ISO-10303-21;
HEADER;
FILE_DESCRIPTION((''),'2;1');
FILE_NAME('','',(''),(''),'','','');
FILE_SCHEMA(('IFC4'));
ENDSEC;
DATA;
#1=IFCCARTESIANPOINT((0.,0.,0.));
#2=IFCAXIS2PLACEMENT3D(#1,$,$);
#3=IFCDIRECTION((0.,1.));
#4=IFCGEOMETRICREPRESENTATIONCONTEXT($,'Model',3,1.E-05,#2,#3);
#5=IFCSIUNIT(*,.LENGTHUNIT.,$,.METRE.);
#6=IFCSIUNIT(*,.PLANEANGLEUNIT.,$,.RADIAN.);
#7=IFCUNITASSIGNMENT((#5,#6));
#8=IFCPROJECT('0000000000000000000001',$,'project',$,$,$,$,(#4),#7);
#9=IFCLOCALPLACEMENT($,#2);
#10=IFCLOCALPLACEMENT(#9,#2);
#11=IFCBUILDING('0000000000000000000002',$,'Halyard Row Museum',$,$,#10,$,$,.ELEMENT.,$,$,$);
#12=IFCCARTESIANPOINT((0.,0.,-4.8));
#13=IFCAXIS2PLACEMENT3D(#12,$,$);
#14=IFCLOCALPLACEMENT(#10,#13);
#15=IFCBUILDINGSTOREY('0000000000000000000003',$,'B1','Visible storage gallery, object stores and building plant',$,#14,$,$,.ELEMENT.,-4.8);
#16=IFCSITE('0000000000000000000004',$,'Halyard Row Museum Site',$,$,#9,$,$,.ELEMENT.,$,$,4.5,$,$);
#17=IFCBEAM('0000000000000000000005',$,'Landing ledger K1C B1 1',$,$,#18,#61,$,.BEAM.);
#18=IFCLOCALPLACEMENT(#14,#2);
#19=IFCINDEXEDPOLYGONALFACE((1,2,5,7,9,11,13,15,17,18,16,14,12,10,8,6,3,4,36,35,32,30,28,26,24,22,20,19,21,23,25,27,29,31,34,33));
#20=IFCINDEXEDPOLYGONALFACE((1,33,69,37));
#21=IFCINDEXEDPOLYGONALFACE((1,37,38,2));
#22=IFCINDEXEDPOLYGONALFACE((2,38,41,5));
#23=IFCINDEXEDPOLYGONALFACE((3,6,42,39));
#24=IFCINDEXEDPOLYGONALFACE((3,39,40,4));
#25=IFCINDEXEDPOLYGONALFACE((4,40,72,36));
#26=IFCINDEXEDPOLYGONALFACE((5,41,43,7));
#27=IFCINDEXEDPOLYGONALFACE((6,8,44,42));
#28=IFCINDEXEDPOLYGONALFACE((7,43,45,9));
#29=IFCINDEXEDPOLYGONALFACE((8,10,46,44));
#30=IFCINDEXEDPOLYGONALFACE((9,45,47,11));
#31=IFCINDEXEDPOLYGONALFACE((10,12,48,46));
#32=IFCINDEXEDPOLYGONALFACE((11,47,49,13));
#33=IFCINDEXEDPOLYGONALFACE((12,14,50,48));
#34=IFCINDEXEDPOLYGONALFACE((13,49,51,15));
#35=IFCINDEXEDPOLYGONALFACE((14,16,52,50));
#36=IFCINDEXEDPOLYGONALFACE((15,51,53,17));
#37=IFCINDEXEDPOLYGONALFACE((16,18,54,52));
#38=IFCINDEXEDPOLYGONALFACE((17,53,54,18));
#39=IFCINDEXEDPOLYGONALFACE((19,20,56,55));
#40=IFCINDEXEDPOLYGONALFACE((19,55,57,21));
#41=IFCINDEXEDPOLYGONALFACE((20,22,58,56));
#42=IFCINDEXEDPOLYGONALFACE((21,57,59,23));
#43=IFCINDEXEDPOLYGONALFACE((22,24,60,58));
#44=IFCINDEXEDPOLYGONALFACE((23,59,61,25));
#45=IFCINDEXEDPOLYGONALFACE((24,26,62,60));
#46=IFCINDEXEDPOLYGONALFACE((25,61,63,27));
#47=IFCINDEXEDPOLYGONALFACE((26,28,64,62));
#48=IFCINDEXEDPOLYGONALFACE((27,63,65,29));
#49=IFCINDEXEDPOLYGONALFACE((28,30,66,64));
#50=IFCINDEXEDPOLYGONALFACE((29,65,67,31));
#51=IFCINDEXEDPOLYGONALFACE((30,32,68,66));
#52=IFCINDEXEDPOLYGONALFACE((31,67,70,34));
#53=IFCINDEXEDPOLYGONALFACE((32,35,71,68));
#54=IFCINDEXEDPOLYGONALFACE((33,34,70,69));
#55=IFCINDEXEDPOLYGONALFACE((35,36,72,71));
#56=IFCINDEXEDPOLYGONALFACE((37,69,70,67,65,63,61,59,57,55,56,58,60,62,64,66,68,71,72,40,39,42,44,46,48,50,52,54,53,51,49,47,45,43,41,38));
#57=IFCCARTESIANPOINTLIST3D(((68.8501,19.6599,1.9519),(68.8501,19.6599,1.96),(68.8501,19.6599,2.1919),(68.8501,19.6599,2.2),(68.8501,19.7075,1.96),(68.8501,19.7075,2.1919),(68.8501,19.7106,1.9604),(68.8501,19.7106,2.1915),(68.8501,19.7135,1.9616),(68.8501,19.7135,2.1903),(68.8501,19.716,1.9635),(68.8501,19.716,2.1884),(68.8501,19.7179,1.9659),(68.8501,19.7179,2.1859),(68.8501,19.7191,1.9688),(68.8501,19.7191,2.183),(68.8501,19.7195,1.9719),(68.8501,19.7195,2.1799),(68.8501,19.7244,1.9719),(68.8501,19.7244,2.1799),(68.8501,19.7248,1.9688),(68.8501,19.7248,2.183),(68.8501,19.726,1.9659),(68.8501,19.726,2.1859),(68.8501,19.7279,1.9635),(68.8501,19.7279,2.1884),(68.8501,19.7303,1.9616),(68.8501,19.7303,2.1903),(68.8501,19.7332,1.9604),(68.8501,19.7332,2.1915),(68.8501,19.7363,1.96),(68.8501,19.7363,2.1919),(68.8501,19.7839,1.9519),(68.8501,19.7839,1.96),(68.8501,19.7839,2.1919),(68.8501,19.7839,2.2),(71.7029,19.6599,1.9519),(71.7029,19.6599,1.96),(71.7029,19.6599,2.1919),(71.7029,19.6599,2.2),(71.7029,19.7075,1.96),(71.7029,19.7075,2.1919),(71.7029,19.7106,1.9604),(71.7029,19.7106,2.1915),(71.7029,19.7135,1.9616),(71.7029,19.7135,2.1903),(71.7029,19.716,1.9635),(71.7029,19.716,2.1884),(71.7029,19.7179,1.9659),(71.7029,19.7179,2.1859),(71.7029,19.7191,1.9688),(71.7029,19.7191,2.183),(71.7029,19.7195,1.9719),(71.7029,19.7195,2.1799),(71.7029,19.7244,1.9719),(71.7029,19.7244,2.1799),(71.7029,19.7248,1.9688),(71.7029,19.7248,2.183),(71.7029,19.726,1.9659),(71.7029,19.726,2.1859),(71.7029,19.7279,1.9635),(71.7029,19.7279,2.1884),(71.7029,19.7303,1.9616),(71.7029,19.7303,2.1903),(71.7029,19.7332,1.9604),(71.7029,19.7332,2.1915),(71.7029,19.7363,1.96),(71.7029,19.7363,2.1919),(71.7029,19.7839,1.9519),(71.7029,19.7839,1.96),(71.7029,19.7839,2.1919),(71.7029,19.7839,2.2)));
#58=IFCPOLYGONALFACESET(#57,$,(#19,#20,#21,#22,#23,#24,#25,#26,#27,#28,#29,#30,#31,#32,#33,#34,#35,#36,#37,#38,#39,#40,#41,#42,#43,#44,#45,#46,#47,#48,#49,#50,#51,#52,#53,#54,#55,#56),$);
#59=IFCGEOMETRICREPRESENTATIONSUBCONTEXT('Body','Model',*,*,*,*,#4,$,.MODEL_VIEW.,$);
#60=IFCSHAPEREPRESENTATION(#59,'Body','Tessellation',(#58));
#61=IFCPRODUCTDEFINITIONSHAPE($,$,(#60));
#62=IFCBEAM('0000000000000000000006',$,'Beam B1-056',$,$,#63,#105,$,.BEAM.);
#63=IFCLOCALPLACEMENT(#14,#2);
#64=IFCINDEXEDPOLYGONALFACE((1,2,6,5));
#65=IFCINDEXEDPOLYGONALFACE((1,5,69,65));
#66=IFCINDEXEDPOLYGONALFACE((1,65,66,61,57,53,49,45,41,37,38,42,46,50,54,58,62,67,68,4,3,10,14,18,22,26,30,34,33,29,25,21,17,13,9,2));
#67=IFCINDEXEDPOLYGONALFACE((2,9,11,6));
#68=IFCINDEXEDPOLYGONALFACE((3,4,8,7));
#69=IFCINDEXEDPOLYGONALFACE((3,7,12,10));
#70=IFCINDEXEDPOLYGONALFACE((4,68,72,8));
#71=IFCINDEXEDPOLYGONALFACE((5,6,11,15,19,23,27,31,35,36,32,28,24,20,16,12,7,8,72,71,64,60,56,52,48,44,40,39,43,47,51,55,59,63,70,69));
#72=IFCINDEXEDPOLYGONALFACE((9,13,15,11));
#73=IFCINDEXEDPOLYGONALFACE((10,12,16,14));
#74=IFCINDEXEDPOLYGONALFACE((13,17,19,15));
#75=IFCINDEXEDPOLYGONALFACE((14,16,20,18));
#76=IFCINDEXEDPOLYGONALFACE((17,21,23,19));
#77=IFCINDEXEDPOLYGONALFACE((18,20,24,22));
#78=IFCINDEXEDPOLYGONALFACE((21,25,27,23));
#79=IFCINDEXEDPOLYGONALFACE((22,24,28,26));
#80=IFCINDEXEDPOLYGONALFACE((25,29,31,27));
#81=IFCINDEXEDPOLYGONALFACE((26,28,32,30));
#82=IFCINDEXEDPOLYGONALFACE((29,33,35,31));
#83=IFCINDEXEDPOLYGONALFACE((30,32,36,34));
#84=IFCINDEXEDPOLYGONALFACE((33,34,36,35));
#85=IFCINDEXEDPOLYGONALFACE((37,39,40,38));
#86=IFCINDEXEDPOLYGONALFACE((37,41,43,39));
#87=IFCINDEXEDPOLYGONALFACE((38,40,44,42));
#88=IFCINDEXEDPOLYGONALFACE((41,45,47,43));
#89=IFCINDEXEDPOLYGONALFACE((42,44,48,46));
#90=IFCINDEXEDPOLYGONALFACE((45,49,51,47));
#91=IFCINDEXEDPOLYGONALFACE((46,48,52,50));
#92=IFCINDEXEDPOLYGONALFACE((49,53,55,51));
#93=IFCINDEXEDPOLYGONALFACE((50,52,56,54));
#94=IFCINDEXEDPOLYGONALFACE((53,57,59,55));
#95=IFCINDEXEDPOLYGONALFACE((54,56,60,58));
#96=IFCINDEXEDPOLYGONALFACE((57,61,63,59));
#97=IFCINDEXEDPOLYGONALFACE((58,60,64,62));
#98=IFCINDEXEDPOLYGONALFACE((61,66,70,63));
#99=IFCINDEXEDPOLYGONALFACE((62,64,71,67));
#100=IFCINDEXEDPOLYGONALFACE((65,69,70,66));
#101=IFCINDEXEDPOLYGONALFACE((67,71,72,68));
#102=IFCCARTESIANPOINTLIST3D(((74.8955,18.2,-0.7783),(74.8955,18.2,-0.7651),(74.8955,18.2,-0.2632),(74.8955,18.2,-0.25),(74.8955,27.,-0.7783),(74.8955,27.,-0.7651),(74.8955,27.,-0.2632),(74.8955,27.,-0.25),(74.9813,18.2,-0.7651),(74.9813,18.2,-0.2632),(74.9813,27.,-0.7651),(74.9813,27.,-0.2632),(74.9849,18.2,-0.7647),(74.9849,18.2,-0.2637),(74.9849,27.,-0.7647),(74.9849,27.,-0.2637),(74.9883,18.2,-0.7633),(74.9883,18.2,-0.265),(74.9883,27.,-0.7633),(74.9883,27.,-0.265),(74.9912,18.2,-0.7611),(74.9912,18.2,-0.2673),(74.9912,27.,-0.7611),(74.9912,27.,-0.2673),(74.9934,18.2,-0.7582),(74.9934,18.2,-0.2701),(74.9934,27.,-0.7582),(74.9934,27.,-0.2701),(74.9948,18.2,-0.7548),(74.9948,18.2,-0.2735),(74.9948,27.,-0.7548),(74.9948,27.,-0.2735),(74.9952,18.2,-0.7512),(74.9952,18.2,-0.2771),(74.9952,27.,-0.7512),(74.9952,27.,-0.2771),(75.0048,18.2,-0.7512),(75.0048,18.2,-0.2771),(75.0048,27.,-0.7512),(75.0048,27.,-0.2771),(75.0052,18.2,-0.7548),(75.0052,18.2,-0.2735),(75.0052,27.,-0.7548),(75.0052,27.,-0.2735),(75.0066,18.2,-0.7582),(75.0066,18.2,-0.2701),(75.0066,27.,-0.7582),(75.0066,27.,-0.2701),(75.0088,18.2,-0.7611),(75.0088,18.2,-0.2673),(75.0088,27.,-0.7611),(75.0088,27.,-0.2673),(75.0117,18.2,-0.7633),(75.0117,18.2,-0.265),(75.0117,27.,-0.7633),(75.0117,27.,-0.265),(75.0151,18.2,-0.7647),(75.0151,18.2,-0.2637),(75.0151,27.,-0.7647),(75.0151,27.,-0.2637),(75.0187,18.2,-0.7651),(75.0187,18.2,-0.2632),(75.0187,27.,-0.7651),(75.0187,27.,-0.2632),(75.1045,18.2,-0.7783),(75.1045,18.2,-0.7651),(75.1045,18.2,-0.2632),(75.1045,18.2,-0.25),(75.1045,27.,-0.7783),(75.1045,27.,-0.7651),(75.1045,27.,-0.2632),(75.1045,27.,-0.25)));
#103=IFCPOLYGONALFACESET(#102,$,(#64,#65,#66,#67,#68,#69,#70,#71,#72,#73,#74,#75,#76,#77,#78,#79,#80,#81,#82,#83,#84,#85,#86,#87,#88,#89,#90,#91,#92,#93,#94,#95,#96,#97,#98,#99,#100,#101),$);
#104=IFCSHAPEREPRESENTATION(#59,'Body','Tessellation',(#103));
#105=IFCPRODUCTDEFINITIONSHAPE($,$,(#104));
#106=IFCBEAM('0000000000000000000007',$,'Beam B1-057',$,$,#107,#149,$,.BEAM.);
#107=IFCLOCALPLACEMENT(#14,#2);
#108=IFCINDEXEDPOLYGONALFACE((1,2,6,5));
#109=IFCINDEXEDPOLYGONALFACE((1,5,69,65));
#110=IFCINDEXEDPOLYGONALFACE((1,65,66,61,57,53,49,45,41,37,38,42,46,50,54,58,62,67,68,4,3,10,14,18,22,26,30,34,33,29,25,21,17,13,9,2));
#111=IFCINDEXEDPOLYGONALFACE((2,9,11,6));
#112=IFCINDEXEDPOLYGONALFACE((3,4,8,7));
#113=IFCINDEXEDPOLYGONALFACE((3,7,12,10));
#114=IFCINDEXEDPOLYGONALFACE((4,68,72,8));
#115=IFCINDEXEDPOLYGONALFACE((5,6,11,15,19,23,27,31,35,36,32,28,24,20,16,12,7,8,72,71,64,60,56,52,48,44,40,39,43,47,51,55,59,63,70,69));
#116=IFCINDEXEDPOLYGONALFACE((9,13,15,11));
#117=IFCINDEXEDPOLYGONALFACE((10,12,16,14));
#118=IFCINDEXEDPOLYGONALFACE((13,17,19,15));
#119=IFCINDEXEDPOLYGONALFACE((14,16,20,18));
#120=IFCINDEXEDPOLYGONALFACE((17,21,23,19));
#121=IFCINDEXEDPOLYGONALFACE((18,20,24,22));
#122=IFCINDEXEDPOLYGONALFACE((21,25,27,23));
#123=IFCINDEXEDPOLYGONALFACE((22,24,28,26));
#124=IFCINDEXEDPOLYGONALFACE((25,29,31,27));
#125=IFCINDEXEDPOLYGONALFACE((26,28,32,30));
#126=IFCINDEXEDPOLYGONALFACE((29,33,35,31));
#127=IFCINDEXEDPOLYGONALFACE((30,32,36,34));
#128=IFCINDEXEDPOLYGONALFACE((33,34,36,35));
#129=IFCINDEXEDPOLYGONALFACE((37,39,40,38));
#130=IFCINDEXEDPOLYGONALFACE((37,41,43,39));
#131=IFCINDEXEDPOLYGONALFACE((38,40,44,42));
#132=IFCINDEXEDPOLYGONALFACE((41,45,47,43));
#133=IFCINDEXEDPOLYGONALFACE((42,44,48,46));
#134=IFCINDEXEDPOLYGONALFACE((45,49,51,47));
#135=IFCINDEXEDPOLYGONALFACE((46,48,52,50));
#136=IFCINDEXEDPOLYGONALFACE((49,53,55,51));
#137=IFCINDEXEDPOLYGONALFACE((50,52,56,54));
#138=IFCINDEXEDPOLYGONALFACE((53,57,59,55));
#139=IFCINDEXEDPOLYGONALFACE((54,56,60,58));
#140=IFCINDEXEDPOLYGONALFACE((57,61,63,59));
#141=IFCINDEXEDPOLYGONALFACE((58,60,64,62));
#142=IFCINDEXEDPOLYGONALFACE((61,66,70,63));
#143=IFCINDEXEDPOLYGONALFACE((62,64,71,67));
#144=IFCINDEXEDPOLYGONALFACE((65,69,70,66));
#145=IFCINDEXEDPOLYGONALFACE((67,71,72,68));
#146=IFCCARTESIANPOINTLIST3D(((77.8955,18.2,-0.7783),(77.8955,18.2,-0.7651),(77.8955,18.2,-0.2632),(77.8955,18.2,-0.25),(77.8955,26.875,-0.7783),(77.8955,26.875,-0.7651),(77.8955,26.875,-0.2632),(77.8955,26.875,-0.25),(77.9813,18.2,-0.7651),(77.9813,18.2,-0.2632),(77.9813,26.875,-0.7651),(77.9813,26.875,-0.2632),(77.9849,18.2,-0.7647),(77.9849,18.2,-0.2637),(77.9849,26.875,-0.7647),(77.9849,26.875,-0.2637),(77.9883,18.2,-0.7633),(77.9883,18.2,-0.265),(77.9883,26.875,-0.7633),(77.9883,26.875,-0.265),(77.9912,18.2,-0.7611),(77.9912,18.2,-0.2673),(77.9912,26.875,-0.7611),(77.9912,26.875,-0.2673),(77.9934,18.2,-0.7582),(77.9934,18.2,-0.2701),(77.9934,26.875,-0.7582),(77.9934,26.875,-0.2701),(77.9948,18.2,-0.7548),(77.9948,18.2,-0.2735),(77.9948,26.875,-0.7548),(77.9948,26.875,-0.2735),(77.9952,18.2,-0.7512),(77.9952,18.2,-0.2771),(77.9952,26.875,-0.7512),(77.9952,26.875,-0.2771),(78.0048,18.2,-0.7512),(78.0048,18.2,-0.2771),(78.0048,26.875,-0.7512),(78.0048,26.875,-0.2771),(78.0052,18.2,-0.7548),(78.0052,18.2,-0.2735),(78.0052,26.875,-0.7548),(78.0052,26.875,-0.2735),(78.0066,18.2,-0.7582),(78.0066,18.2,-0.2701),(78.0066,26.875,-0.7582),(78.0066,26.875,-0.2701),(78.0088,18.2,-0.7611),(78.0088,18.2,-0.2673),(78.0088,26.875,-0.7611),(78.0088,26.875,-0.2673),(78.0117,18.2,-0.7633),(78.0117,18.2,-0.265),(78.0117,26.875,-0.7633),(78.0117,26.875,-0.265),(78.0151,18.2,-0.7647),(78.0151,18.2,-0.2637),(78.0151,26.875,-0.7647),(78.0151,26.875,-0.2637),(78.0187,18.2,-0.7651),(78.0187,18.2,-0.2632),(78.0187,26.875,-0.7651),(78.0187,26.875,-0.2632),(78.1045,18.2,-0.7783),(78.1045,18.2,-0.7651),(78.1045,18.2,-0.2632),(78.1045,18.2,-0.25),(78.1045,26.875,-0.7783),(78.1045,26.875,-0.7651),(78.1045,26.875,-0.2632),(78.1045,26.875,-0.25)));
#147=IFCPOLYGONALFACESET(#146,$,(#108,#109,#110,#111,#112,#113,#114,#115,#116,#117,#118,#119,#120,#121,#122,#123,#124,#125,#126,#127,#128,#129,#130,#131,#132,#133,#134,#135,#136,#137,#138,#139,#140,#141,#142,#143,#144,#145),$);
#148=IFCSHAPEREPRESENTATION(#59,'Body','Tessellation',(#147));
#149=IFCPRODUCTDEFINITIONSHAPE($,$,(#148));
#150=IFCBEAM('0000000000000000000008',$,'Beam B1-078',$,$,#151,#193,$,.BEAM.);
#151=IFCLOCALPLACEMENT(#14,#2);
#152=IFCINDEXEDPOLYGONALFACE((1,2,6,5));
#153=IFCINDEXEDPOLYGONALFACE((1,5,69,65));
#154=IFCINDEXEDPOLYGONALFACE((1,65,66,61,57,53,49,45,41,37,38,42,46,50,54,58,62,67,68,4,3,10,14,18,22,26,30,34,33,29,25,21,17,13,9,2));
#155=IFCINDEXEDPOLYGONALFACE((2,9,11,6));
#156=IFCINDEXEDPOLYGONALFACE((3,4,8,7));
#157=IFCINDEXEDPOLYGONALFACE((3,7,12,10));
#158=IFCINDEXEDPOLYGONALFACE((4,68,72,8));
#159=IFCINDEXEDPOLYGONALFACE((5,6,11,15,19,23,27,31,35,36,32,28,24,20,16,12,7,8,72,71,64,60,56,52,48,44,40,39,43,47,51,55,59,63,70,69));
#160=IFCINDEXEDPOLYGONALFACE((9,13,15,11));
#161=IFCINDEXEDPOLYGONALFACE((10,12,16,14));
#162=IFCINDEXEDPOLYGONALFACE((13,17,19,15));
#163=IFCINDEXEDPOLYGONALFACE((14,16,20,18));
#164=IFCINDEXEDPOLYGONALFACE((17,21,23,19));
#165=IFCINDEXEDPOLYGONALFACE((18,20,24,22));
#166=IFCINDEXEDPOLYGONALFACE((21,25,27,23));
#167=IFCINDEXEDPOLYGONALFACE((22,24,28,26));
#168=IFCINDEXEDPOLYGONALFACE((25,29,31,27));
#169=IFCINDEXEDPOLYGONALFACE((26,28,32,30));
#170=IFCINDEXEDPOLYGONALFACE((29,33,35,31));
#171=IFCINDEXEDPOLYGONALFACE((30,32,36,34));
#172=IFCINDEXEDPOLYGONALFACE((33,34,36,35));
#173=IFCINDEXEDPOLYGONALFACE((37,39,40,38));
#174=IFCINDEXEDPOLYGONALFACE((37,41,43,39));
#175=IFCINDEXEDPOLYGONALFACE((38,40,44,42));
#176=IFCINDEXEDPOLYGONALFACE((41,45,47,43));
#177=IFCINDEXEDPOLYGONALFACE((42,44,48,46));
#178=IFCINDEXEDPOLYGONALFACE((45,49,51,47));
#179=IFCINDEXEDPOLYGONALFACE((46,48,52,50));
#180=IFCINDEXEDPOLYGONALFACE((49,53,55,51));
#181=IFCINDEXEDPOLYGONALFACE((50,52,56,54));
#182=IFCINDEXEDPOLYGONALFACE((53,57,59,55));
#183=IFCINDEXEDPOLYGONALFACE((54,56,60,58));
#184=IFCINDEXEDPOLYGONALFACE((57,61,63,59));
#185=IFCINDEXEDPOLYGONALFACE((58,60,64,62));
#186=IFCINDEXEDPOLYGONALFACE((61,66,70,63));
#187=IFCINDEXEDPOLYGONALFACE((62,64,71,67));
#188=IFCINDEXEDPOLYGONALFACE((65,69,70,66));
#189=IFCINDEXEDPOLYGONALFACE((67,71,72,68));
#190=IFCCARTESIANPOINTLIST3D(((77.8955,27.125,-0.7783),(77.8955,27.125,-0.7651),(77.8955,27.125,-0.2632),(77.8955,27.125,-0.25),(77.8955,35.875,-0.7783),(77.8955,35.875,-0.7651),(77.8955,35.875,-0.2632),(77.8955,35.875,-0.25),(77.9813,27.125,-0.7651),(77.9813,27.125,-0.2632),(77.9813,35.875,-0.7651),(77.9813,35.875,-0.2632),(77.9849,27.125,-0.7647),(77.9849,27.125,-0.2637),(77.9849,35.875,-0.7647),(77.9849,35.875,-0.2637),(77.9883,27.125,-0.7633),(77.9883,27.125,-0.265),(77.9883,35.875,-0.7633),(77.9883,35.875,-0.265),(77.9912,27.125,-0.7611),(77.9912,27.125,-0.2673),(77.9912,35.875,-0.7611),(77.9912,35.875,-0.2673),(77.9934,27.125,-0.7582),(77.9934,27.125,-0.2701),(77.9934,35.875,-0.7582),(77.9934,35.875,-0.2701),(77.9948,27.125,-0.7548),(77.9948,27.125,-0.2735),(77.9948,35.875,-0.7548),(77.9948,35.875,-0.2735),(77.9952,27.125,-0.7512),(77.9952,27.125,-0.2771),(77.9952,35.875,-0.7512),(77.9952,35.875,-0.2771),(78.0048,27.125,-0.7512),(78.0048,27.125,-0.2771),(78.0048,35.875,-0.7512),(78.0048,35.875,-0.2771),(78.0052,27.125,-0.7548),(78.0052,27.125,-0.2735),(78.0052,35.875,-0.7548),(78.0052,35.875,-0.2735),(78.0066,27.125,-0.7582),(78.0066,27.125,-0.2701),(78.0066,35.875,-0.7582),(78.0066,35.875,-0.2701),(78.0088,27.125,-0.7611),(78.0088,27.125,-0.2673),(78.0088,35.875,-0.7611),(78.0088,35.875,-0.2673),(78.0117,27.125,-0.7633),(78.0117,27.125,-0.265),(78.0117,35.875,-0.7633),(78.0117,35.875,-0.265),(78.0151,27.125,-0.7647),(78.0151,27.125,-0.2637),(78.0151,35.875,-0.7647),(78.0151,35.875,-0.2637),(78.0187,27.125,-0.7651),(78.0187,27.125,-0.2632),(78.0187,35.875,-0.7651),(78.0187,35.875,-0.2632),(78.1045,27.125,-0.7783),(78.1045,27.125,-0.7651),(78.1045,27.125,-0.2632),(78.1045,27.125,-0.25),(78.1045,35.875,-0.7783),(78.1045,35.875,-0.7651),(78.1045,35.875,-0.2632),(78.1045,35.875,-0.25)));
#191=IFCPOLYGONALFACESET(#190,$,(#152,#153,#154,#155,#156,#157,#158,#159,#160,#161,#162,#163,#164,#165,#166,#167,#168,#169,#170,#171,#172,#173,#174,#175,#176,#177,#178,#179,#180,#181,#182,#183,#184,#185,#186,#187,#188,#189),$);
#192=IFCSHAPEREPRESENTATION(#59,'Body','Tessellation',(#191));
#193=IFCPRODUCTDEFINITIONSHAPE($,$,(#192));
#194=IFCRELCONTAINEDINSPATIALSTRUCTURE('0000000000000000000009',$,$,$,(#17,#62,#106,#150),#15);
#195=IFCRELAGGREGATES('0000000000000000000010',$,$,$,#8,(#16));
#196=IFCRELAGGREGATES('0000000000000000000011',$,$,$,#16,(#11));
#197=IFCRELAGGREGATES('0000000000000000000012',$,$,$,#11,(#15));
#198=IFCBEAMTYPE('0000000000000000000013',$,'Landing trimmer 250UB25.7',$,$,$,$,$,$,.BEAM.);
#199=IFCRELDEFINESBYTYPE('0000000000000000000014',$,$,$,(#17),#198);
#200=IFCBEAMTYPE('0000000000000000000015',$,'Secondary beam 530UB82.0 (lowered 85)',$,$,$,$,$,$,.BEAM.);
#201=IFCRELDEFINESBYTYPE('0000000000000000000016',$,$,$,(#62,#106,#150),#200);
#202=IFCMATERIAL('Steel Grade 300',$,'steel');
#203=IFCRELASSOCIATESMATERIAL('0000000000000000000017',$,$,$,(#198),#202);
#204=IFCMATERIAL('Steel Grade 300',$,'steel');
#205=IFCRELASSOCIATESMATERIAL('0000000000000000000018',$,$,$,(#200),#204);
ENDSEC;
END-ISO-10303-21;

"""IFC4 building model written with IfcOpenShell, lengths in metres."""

from ifc_helpers import new_model, si_unit, direction, frame, origin, origin_2d, place, context, subcontext, project, spatial, i_section, extrude, material, material_profile, profile_set, type_object, element, save


model = new_model("IFC4")

# Units and contexts
model_context = context("Model", 3, precision=1e-05, world=origin(), true_north=direction((0.0, 1.0)))
body_context = subcontext(model_context, "Body", "Model", "MODEL_VIEW")
ifc_project = project(units=[si_unit("LENGTHUNIT", "METRE"), si_unit("PLANEANGLEUNIT", "RADIAN")], contexts=[model_context])

# Site, building, storey
site_placement = place(None, origin())
site = spatial("IfcSite", under=ifc_project, at=site_placement, Name="Halyard Row Museum Site", CompositionType="ELEMENT", RefElevation=4.5)
building_placement = place(site_placement, origin())
building = spatial("IfcBuilding", under=site, at=building_placement, Name="Halyard Row Museum", CompositionType="ELEMENT")
storey_placement = place(building_placement, frame((0.0, 0.0, -4.8)))
storey = spatial("IfcBuildingStorey", under=building, at=storey_placement, Name="B1", Description="Visible storage gallery, object stores and building plant", CompositionType="ELEMENT", Elevation=-4.8)

# Beams
ifc_material_1 = material(Name="Steel Grade 300", Category="steel")
ifc_material_profile_1 = material_profile(ifc_material_1, i_section(OverallWidth=0.124, OverallDepth=0.248, WebThickness=0.0049, FlangeThickness=0.0081, FilletRadius=0.012, at=origin_2d()), Name="250UB25.7")
ifc_profile_set_1 = profile_set([ifc_material_profile_1], Name="Steel Grade 300")
beam_type_1 = type_object("IfcBeamType", Name="Landing trimmer 250UB25.7", PredefinedType="BEAM", material=ifc_profile_set_1)
beam_1_placement = place(storey_placement, frame((71.7029, 19.7219, 2.0759), z_axis=(-1.0, 0.0, 0.0), x_axis=(0.0, -1.0, 0.0)))
element("IfcBeam", 1, at=beam_1_placement, inside=storey, type_object=beam_type_1, Name="Landing ledger K1C B1 1", PredefinedType="BEAM", context=body_context, shape_type="SweptSolid", body=[
    extrude(i_section(OverallWidth=0.124, OverallDepth=0.248, WebThickness=0.0049, FlangeThickness=0.0081, FilletRadius=0.012, at=origin_2d()), origin(), (0.0, 0.0, 1.0), 2.8528),
])
ifc_material_2 = material(Name="Steel Grade 300", Category="steel")
ifc_material_profile_2 = material_profile(ifc_material_2, i_section(OverallWidth=0.209, OverallDepth=0.5283, WebThickness=0.0095, FlangeThickness=0.0132, FilletRadius=0.0139, at=origin_2d()), Name="530UB82.0")
ifc_profile_set_2 = profile_set([ifc_material_profile_2], Name="Steel Grade 300")
beam_type_2 = type_object("IfcBeamType", Name="Secondary beam 530UB82.0 (lowered 85)", PredefinedType="BEAM", material=ifc_profile_set_2)
beam_2_placement = place(storey_placement, frame((75.0, 18.2, -0.5142), z_axis=(0.0, 1.0, 0.0), x_axis=(-1.0, 0.0, 0.0)))
element("IfcBeam", 2, at=beam_2_placement, inside=storey, type_object=beam_type_2, Name="Beam B1-056", PredefinedType="BEAM", context=body_context, shape_type="SweptSolid", body=[
    extrude(i_section(OverallWidth=0.209, OverallDepth=0.5283, WebThickness=0.0095, FlangeThickness=0.0132, FilletRadius=0.0139, at=origin_2d()), origin(), (0.0, 0.0, 1.0), 8.8),
])
beam_3_placement = place(storey_placement, frame((78.0, 18.2, -0.5142), z_axis=(0.0, 1.0, 0.0), x_axis=(-1.0, 0.0, 0.0)))
element("IfcBeam", 3, at=beam_3_placement, inside=storey, type_object=beam_type_2, Name="Beam B1-057", PredefinedType="BEAM", context=body_context, shape_type="SweptSolid", body=[
    extrude(i_section(OverallWidth=0.209, OverallDepth=0.5283, WebThickness=0.0095, FlangeThickness=0.0132, FilletRadius=0.0139, at=origin_2d()), origin(), (0.0, 0.0, 1.0), 8.675),
])
beam_4_placement = place(storey_placement, frame((78.0, 27.125, -0.5142), z_axis=(0.0, 1.0, 0.0), x_axis=(-1.0, 0.0, 0.0)))
element("IfcBeam", 4, at=beam_4_placement, inside=storey, type_object=beam_type_2, Name="Beam B1-078", PredefinedType="BEAM", context=body_context, shape_type="SweptSolid", body=[
    extrude(i_section(OverallWidth=0.209, OverallDepth=0.5283, WebThickness=0.0095, FlangeThickness=0.0132, FilletRadius=0.0139, at=origin_2d()), origin(), (0.0, 0.0, 1.0), 8.75),
])

save(model, "model.ifc")
